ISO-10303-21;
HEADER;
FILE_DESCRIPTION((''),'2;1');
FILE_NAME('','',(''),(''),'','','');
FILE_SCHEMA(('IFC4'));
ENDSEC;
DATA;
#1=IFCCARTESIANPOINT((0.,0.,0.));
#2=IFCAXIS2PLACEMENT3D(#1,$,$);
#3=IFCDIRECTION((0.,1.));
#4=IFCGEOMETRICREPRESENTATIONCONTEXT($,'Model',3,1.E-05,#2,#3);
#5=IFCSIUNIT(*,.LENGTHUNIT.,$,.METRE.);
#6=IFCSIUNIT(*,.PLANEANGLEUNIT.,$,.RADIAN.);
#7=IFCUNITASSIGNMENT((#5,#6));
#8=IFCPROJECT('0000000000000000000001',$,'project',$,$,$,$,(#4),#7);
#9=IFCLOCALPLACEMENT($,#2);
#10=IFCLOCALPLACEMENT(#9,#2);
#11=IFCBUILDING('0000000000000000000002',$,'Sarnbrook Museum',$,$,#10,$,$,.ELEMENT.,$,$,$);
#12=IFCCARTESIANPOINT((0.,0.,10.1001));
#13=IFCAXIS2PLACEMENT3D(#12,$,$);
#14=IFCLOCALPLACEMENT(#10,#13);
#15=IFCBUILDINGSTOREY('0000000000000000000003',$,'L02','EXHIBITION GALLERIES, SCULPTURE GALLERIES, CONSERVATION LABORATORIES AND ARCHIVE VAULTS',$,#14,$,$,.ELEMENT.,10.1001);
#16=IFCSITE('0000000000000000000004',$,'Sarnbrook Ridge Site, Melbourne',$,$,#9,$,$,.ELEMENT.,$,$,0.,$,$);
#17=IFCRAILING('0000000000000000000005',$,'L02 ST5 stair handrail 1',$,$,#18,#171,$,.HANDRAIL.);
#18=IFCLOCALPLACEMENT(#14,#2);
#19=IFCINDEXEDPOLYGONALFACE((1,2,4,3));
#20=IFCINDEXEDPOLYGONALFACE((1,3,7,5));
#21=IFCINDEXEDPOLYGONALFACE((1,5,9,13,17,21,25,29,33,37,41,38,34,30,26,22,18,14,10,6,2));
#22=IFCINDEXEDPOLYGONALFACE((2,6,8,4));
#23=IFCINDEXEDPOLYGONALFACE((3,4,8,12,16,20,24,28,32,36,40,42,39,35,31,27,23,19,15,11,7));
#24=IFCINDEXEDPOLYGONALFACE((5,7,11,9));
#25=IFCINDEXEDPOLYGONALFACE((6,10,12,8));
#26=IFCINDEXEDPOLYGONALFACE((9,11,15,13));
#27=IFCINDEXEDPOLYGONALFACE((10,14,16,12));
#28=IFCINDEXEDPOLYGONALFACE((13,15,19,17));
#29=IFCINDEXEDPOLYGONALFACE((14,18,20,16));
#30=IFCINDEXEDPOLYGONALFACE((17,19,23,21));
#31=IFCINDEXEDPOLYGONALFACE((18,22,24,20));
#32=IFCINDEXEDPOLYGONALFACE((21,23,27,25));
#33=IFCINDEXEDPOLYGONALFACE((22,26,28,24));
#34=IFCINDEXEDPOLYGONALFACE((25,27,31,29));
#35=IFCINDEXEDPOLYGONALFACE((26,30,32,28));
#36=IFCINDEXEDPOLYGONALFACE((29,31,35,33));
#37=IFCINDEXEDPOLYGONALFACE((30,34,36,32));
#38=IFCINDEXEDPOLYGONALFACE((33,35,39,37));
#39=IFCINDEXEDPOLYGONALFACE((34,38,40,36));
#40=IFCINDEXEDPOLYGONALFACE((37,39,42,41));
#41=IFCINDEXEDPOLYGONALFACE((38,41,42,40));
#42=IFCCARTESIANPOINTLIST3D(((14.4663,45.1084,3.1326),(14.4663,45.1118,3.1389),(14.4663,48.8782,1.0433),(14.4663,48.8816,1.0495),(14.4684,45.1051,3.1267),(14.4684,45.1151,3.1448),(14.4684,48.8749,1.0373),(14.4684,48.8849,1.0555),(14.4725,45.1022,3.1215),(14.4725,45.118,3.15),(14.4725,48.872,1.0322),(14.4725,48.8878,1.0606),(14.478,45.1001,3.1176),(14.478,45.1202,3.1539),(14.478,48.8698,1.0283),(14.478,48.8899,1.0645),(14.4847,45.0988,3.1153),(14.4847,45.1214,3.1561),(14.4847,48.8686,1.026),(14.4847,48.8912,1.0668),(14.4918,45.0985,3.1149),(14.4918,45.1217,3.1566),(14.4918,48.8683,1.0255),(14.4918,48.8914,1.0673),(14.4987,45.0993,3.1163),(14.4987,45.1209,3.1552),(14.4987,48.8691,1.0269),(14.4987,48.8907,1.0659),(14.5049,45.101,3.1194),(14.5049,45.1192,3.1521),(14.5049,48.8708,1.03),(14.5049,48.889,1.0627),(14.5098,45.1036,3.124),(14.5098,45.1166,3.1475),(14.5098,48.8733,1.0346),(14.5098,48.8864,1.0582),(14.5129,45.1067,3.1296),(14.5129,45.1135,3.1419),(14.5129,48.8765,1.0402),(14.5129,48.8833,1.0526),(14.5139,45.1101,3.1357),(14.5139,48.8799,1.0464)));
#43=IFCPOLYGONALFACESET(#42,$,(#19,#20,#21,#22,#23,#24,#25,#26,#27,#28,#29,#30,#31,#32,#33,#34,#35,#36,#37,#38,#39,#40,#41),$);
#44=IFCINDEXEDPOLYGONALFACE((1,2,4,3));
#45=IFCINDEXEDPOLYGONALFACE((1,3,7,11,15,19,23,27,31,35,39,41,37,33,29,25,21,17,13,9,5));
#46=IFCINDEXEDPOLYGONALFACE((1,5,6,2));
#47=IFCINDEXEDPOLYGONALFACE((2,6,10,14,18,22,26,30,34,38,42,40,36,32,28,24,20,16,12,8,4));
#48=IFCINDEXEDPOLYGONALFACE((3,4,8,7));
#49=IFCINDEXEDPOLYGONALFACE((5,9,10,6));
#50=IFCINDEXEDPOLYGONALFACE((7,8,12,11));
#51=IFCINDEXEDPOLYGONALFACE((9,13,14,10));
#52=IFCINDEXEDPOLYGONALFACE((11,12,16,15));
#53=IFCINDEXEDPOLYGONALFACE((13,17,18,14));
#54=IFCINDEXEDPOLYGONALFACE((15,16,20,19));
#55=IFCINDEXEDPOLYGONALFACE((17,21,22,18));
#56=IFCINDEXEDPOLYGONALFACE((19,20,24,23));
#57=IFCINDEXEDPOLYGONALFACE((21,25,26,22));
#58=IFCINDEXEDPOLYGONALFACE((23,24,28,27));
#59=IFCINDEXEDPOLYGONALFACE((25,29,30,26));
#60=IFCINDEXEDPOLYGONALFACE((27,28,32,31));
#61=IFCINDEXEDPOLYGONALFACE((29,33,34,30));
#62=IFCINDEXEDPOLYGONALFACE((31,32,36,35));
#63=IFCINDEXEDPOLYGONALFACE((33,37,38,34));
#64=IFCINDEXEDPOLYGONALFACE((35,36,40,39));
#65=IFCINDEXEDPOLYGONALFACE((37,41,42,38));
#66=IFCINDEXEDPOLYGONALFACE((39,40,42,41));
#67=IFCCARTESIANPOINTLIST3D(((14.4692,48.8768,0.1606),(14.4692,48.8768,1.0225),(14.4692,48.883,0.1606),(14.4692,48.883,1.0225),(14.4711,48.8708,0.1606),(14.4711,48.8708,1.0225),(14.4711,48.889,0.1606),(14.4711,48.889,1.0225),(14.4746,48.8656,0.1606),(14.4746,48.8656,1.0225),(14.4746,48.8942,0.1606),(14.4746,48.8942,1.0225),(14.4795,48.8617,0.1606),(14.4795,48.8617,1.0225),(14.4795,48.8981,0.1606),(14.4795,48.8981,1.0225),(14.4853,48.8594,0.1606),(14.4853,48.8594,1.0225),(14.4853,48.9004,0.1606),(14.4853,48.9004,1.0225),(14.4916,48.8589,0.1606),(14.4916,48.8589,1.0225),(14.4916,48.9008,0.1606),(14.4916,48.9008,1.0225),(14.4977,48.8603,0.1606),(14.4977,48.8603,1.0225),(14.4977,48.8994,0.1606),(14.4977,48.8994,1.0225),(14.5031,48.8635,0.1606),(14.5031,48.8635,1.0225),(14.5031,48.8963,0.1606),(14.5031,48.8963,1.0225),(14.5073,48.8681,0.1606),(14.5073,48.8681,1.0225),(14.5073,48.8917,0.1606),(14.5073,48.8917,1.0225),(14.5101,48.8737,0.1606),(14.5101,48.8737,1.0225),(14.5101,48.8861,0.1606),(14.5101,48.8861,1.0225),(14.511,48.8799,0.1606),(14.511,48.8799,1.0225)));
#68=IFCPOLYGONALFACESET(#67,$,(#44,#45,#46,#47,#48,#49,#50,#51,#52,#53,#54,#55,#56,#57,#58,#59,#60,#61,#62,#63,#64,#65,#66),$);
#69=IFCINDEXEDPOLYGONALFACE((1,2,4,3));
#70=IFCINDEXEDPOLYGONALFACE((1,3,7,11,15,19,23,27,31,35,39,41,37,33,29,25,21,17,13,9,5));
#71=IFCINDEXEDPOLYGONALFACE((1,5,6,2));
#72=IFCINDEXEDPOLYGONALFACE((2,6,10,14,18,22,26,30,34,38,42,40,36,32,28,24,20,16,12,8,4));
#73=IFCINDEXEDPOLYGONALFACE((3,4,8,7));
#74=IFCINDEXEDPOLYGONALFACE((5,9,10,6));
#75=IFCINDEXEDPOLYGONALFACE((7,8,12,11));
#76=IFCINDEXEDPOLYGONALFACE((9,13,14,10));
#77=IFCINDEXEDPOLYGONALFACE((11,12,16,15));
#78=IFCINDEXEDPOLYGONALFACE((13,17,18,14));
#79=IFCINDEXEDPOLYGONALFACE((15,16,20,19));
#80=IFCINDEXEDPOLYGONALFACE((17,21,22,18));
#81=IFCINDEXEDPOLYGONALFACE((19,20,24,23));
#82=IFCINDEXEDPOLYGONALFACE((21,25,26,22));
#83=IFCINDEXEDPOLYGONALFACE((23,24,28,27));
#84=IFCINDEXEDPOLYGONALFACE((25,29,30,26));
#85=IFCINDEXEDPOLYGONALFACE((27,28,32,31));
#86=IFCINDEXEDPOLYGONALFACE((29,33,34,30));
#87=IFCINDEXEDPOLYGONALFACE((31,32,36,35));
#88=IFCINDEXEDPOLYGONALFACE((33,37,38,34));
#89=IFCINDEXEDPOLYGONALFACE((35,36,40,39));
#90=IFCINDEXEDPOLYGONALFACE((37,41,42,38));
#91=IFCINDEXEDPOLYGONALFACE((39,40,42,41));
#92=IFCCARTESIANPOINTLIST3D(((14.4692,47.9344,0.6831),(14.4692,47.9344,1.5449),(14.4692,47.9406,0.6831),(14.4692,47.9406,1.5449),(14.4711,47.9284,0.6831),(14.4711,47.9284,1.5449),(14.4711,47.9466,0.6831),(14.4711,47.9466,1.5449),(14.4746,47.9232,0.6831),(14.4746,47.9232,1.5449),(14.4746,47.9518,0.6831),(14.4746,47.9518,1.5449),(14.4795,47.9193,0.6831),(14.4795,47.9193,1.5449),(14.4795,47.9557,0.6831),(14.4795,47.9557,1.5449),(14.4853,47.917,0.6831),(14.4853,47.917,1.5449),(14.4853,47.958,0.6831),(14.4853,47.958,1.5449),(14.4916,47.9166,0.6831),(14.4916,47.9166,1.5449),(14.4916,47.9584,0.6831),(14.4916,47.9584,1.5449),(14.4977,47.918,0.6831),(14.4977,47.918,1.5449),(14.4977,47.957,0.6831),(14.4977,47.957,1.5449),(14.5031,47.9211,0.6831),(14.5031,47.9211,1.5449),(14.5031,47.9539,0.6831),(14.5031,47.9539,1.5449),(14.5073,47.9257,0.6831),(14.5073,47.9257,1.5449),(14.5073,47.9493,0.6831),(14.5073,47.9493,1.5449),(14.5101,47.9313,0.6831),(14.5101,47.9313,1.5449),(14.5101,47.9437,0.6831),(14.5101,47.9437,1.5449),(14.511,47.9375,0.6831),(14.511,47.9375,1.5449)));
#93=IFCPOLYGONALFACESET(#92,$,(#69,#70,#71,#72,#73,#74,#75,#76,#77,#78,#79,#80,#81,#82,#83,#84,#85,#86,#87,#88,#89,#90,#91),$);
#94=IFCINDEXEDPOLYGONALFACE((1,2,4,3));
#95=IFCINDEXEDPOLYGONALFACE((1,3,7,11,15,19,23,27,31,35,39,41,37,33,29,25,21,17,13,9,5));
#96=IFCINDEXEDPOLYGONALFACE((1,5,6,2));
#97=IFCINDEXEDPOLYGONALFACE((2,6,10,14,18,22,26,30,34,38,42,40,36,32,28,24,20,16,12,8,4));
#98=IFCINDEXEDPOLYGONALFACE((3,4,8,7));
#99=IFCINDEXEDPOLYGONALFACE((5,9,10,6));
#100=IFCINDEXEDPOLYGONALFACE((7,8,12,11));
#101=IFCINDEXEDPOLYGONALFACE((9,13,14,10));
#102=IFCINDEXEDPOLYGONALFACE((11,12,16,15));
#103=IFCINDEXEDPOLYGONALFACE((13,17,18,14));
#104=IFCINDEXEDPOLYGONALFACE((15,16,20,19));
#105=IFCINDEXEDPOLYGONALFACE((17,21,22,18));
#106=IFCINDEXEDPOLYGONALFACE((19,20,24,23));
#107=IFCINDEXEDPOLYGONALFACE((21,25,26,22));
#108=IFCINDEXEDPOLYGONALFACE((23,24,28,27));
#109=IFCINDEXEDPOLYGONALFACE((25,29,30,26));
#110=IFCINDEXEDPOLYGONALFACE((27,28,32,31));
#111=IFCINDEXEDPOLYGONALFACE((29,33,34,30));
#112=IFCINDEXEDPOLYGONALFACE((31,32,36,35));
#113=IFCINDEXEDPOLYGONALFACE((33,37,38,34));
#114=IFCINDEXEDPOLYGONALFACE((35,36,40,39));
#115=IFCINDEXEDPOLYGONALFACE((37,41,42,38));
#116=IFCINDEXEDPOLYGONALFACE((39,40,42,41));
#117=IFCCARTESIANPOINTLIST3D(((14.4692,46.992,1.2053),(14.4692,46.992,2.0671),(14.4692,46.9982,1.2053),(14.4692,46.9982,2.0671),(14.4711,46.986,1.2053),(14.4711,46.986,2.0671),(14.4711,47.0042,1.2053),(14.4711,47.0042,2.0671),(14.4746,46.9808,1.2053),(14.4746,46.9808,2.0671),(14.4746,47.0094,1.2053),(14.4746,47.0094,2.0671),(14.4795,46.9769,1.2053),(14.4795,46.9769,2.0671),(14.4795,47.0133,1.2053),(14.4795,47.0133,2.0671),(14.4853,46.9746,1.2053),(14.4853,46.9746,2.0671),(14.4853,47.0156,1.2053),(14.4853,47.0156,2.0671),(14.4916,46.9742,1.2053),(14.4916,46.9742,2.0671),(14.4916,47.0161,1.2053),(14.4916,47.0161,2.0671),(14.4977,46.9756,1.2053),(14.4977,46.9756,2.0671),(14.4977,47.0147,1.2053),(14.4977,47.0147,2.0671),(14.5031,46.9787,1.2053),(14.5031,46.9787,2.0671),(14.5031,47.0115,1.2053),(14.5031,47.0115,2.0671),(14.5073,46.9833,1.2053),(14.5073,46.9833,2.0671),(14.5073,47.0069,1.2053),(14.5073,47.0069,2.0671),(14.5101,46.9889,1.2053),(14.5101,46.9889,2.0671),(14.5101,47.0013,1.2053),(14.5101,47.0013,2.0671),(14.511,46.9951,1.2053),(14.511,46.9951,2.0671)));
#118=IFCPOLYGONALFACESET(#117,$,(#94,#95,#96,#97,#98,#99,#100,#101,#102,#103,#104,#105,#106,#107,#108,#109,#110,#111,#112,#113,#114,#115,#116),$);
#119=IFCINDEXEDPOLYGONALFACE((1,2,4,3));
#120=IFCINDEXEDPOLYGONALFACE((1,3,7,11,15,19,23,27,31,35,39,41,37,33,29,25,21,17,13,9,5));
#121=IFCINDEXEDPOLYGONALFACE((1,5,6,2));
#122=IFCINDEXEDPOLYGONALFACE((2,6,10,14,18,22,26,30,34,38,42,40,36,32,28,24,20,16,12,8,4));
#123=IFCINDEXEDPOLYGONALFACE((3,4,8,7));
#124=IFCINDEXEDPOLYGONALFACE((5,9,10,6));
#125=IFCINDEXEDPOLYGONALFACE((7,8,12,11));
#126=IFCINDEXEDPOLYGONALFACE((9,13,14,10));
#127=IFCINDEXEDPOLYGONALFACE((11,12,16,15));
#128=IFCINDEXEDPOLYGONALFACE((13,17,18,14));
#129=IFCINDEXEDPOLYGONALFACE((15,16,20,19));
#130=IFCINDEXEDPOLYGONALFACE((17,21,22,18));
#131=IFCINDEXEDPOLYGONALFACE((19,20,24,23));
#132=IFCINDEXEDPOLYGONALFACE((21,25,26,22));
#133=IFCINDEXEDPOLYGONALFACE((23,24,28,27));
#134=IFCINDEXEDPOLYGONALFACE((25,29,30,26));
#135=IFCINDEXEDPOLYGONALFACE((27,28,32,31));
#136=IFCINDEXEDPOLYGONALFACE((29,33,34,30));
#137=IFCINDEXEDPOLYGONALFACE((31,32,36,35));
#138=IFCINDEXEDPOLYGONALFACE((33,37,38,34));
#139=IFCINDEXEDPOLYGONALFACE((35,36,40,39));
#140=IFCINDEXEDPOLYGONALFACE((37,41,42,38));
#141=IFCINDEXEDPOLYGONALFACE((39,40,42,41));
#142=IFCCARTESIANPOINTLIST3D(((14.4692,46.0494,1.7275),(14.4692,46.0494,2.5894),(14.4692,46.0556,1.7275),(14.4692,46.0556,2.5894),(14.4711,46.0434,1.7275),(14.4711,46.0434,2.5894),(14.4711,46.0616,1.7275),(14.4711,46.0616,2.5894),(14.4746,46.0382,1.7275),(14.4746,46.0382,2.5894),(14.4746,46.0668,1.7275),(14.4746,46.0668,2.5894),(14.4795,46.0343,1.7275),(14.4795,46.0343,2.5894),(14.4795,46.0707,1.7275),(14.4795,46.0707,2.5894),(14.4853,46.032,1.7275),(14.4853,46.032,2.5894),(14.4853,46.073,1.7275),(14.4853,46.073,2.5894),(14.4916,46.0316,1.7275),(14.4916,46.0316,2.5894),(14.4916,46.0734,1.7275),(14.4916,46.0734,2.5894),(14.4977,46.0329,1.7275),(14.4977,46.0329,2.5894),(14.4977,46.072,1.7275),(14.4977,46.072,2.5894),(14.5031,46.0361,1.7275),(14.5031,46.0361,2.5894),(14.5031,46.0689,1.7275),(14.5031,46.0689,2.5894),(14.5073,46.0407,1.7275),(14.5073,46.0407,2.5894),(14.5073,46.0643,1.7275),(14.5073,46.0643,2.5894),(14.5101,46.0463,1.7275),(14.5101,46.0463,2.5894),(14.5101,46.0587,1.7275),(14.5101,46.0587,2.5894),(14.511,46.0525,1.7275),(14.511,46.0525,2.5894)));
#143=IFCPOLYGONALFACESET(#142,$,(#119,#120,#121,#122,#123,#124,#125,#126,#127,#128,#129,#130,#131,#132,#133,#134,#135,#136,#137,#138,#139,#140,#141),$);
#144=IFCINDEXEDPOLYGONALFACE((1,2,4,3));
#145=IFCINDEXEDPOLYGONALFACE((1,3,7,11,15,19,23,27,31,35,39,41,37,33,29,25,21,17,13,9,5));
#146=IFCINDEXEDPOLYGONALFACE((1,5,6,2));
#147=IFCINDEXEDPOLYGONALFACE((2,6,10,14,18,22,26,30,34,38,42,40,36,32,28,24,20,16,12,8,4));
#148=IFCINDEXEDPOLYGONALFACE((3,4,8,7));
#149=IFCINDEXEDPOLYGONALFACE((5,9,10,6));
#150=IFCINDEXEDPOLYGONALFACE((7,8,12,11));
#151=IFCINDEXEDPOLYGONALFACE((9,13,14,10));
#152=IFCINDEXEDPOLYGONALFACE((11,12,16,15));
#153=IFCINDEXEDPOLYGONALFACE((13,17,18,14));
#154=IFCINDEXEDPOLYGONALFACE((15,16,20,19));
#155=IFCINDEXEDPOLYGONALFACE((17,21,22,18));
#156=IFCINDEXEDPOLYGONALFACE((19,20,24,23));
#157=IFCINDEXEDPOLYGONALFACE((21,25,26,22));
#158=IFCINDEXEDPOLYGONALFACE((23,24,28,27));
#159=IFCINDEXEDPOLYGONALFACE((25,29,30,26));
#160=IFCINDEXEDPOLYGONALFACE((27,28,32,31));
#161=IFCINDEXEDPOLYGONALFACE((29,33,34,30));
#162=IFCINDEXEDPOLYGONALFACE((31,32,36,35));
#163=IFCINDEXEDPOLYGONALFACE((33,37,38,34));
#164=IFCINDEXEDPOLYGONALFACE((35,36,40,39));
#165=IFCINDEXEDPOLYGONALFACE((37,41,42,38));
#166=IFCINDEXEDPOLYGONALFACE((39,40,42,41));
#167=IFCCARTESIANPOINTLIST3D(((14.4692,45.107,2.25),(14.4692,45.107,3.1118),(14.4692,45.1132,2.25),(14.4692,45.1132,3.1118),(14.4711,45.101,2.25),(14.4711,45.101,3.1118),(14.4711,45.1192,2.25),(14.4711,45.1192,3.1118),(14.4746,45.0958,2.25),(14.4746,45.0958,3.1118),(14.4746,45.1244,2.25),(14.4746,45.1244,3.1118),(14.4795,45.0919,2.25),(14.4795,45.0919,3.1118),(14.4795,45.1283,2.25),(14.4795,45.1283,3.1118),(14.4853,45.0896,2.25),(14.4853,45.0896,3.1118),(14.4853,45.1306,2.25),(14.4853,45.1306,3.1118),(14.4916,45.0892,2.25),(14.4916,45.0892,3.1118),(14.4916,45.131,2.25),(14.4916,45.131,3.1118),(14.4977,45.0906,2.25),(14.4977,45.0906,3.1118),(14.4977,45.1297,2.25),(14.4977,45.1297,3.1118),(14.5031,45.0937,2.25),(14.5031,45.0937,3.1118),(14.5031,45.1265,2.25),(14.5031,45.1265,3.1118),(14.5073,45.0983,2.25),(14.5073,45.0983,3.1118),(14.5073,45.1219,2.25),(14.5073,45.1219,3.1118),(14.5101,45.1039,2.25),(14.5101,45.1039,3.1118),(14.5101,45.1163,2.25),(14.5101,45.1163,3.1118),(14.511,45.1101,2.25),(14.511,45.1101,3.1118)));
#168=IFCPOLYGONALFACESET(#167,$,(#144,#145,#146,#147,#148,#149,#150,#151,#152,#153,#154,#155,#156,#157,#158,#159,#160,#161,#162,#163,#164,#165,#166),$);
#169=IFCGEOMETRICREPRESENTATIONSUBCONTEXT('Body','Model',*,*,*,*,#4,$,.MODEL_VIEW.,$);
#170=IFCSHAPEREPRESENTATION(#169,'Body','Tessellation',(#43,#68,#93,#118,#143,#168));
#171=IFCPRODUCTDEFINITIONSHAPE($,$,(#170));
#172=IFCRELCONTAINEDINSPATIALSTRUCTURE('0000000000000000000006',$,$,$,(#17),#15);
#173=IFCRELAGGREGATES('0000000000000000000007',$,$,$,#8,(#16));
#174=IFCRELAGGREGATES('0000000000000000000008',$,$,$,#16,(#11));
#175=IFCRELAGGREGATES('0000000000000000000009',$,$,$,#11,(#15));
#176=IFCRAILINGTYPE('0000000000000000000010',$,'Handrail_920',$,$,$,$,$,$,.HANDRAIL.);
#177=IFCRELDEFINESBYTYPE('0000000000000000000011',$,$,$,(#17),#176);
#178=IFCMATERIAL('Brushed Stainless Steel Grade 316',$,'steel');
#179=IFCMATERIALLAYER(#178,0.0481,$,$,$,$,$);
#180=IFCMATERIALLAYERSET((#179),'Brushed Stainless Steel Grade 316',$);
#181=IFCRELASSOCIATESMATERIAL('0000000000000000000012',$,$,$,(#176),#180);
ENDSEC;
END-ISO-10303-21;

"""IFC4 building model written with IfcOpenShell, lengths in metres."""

from ifc_helpers import new_model, si_unit, direction, frame, origin, origin_2d, place, context, subcontext, project, spatial, circle, extrude, material, layer, layer_set, type_object, element, save


model = new_model("IFC4")

# Units and contexts
model_context = context("Model", 3, precision=1e-05, world=origin(), true_north=direction((0.0, 1.0)))
body_context = subcontext(model_context, "Body", "Model", "MODEL_VIEW")
ifc_project = project(units=[si_unit("LENGTHUNIT", "METRE"), si_unit("PLANEANGLEUNIT", "RADIAN")], contexts=[model_context])

# Site, building, storey
site_placement = place(None, origin())
site = spatial("IfcSite", under=ifc_project, at=site_placement, Name="Sarnbrook Ridge Site, Melbourne", CompositionType="ELEMENT", RefElevation=0.0)
building_placement = place(site_placement, origin())
building = spatial("IfcBuilding", under=site, at=building_placement, Name="Sarnbrook Museum", CompositionType="ELEMENT")
storey_placement = place(building_placement, frame((0.0, 0.0, 10.1001)))
storey = spatial("IfcBuildingStorey", under=building, at=storey_placement, Name="L02", Description="EXHIBITION GALLERIES, SCULPTURE GALLERIES, CONSERVATION LABORATORIES AND ARCHIVE VAULTS", CompositionType="ELEMENT", Elevation=10.1001)

# Shared definitions
ifc_material_1 = material(Name="Brushed Stainless Steel Grade 316", Category="steel")

# Railing
ifc_layer_1 = layer(ifc_material_1, 0.0481)
ifc_layer_set_1 = layer_set([ifc_layer_1], Name="Brushed Stainless Steel Grade 316")
railing_type_1 = type_object("IfcRailingType", Name="Handrail_920", PredefinedType="HANDRAIL", material=ifc_layer_set_1)
railing_1_placement = place(storey_placement, frame((14.49, 48.8799, 0.1606)))
element("IfcRailing", 1, at=railing_1_placement, inside=storey, type_object=railing_type_1, Name="L02 ST5 stair handrail 1", PredefinedType="HANDRAIL", context=body_context, shape_type="SweptSolid", body=[
    extrude(circle(Radius=0.0239, at=origin_2d()), frame((0.0, 0.0, 0.8857), z_axis=(0.0, -0.874646, 0.484763), x_axis=(1.0, 0.0, 0.0)), (0.0, 0.0, 1.0), 4.3101),
    extrude(circle(Radius=0.021, at=origin_2d()), origin(), (0.0, 0.0, 1.0), 0.8618),
    extrude(circle(Radius=0.021, at=origin_2d()), frame((0.0, -0.9424, 0.5225)), (0.0, 0.0, 1.0), 0.8618),
    extrude(circle(Radius=0.021, at=origin_2d()), frame((0.0, -1.8848, 1.0447)), (0.0, 0.0, 1.0), 0.8618),
    extrude(circle(Radius=0.021, at=origin_2d()), frame((0.0, -2.8274, 1.5669)), (0.0, 0.0, 1.0), 0.8618),
    extrude(circle(Radius=0.021, at=origin_2d()), frame((0.0, -3.7698, 2.0894)), (0.0, 0.0, 1.0), 0.8618),
])

save(model, "model.ifc")
